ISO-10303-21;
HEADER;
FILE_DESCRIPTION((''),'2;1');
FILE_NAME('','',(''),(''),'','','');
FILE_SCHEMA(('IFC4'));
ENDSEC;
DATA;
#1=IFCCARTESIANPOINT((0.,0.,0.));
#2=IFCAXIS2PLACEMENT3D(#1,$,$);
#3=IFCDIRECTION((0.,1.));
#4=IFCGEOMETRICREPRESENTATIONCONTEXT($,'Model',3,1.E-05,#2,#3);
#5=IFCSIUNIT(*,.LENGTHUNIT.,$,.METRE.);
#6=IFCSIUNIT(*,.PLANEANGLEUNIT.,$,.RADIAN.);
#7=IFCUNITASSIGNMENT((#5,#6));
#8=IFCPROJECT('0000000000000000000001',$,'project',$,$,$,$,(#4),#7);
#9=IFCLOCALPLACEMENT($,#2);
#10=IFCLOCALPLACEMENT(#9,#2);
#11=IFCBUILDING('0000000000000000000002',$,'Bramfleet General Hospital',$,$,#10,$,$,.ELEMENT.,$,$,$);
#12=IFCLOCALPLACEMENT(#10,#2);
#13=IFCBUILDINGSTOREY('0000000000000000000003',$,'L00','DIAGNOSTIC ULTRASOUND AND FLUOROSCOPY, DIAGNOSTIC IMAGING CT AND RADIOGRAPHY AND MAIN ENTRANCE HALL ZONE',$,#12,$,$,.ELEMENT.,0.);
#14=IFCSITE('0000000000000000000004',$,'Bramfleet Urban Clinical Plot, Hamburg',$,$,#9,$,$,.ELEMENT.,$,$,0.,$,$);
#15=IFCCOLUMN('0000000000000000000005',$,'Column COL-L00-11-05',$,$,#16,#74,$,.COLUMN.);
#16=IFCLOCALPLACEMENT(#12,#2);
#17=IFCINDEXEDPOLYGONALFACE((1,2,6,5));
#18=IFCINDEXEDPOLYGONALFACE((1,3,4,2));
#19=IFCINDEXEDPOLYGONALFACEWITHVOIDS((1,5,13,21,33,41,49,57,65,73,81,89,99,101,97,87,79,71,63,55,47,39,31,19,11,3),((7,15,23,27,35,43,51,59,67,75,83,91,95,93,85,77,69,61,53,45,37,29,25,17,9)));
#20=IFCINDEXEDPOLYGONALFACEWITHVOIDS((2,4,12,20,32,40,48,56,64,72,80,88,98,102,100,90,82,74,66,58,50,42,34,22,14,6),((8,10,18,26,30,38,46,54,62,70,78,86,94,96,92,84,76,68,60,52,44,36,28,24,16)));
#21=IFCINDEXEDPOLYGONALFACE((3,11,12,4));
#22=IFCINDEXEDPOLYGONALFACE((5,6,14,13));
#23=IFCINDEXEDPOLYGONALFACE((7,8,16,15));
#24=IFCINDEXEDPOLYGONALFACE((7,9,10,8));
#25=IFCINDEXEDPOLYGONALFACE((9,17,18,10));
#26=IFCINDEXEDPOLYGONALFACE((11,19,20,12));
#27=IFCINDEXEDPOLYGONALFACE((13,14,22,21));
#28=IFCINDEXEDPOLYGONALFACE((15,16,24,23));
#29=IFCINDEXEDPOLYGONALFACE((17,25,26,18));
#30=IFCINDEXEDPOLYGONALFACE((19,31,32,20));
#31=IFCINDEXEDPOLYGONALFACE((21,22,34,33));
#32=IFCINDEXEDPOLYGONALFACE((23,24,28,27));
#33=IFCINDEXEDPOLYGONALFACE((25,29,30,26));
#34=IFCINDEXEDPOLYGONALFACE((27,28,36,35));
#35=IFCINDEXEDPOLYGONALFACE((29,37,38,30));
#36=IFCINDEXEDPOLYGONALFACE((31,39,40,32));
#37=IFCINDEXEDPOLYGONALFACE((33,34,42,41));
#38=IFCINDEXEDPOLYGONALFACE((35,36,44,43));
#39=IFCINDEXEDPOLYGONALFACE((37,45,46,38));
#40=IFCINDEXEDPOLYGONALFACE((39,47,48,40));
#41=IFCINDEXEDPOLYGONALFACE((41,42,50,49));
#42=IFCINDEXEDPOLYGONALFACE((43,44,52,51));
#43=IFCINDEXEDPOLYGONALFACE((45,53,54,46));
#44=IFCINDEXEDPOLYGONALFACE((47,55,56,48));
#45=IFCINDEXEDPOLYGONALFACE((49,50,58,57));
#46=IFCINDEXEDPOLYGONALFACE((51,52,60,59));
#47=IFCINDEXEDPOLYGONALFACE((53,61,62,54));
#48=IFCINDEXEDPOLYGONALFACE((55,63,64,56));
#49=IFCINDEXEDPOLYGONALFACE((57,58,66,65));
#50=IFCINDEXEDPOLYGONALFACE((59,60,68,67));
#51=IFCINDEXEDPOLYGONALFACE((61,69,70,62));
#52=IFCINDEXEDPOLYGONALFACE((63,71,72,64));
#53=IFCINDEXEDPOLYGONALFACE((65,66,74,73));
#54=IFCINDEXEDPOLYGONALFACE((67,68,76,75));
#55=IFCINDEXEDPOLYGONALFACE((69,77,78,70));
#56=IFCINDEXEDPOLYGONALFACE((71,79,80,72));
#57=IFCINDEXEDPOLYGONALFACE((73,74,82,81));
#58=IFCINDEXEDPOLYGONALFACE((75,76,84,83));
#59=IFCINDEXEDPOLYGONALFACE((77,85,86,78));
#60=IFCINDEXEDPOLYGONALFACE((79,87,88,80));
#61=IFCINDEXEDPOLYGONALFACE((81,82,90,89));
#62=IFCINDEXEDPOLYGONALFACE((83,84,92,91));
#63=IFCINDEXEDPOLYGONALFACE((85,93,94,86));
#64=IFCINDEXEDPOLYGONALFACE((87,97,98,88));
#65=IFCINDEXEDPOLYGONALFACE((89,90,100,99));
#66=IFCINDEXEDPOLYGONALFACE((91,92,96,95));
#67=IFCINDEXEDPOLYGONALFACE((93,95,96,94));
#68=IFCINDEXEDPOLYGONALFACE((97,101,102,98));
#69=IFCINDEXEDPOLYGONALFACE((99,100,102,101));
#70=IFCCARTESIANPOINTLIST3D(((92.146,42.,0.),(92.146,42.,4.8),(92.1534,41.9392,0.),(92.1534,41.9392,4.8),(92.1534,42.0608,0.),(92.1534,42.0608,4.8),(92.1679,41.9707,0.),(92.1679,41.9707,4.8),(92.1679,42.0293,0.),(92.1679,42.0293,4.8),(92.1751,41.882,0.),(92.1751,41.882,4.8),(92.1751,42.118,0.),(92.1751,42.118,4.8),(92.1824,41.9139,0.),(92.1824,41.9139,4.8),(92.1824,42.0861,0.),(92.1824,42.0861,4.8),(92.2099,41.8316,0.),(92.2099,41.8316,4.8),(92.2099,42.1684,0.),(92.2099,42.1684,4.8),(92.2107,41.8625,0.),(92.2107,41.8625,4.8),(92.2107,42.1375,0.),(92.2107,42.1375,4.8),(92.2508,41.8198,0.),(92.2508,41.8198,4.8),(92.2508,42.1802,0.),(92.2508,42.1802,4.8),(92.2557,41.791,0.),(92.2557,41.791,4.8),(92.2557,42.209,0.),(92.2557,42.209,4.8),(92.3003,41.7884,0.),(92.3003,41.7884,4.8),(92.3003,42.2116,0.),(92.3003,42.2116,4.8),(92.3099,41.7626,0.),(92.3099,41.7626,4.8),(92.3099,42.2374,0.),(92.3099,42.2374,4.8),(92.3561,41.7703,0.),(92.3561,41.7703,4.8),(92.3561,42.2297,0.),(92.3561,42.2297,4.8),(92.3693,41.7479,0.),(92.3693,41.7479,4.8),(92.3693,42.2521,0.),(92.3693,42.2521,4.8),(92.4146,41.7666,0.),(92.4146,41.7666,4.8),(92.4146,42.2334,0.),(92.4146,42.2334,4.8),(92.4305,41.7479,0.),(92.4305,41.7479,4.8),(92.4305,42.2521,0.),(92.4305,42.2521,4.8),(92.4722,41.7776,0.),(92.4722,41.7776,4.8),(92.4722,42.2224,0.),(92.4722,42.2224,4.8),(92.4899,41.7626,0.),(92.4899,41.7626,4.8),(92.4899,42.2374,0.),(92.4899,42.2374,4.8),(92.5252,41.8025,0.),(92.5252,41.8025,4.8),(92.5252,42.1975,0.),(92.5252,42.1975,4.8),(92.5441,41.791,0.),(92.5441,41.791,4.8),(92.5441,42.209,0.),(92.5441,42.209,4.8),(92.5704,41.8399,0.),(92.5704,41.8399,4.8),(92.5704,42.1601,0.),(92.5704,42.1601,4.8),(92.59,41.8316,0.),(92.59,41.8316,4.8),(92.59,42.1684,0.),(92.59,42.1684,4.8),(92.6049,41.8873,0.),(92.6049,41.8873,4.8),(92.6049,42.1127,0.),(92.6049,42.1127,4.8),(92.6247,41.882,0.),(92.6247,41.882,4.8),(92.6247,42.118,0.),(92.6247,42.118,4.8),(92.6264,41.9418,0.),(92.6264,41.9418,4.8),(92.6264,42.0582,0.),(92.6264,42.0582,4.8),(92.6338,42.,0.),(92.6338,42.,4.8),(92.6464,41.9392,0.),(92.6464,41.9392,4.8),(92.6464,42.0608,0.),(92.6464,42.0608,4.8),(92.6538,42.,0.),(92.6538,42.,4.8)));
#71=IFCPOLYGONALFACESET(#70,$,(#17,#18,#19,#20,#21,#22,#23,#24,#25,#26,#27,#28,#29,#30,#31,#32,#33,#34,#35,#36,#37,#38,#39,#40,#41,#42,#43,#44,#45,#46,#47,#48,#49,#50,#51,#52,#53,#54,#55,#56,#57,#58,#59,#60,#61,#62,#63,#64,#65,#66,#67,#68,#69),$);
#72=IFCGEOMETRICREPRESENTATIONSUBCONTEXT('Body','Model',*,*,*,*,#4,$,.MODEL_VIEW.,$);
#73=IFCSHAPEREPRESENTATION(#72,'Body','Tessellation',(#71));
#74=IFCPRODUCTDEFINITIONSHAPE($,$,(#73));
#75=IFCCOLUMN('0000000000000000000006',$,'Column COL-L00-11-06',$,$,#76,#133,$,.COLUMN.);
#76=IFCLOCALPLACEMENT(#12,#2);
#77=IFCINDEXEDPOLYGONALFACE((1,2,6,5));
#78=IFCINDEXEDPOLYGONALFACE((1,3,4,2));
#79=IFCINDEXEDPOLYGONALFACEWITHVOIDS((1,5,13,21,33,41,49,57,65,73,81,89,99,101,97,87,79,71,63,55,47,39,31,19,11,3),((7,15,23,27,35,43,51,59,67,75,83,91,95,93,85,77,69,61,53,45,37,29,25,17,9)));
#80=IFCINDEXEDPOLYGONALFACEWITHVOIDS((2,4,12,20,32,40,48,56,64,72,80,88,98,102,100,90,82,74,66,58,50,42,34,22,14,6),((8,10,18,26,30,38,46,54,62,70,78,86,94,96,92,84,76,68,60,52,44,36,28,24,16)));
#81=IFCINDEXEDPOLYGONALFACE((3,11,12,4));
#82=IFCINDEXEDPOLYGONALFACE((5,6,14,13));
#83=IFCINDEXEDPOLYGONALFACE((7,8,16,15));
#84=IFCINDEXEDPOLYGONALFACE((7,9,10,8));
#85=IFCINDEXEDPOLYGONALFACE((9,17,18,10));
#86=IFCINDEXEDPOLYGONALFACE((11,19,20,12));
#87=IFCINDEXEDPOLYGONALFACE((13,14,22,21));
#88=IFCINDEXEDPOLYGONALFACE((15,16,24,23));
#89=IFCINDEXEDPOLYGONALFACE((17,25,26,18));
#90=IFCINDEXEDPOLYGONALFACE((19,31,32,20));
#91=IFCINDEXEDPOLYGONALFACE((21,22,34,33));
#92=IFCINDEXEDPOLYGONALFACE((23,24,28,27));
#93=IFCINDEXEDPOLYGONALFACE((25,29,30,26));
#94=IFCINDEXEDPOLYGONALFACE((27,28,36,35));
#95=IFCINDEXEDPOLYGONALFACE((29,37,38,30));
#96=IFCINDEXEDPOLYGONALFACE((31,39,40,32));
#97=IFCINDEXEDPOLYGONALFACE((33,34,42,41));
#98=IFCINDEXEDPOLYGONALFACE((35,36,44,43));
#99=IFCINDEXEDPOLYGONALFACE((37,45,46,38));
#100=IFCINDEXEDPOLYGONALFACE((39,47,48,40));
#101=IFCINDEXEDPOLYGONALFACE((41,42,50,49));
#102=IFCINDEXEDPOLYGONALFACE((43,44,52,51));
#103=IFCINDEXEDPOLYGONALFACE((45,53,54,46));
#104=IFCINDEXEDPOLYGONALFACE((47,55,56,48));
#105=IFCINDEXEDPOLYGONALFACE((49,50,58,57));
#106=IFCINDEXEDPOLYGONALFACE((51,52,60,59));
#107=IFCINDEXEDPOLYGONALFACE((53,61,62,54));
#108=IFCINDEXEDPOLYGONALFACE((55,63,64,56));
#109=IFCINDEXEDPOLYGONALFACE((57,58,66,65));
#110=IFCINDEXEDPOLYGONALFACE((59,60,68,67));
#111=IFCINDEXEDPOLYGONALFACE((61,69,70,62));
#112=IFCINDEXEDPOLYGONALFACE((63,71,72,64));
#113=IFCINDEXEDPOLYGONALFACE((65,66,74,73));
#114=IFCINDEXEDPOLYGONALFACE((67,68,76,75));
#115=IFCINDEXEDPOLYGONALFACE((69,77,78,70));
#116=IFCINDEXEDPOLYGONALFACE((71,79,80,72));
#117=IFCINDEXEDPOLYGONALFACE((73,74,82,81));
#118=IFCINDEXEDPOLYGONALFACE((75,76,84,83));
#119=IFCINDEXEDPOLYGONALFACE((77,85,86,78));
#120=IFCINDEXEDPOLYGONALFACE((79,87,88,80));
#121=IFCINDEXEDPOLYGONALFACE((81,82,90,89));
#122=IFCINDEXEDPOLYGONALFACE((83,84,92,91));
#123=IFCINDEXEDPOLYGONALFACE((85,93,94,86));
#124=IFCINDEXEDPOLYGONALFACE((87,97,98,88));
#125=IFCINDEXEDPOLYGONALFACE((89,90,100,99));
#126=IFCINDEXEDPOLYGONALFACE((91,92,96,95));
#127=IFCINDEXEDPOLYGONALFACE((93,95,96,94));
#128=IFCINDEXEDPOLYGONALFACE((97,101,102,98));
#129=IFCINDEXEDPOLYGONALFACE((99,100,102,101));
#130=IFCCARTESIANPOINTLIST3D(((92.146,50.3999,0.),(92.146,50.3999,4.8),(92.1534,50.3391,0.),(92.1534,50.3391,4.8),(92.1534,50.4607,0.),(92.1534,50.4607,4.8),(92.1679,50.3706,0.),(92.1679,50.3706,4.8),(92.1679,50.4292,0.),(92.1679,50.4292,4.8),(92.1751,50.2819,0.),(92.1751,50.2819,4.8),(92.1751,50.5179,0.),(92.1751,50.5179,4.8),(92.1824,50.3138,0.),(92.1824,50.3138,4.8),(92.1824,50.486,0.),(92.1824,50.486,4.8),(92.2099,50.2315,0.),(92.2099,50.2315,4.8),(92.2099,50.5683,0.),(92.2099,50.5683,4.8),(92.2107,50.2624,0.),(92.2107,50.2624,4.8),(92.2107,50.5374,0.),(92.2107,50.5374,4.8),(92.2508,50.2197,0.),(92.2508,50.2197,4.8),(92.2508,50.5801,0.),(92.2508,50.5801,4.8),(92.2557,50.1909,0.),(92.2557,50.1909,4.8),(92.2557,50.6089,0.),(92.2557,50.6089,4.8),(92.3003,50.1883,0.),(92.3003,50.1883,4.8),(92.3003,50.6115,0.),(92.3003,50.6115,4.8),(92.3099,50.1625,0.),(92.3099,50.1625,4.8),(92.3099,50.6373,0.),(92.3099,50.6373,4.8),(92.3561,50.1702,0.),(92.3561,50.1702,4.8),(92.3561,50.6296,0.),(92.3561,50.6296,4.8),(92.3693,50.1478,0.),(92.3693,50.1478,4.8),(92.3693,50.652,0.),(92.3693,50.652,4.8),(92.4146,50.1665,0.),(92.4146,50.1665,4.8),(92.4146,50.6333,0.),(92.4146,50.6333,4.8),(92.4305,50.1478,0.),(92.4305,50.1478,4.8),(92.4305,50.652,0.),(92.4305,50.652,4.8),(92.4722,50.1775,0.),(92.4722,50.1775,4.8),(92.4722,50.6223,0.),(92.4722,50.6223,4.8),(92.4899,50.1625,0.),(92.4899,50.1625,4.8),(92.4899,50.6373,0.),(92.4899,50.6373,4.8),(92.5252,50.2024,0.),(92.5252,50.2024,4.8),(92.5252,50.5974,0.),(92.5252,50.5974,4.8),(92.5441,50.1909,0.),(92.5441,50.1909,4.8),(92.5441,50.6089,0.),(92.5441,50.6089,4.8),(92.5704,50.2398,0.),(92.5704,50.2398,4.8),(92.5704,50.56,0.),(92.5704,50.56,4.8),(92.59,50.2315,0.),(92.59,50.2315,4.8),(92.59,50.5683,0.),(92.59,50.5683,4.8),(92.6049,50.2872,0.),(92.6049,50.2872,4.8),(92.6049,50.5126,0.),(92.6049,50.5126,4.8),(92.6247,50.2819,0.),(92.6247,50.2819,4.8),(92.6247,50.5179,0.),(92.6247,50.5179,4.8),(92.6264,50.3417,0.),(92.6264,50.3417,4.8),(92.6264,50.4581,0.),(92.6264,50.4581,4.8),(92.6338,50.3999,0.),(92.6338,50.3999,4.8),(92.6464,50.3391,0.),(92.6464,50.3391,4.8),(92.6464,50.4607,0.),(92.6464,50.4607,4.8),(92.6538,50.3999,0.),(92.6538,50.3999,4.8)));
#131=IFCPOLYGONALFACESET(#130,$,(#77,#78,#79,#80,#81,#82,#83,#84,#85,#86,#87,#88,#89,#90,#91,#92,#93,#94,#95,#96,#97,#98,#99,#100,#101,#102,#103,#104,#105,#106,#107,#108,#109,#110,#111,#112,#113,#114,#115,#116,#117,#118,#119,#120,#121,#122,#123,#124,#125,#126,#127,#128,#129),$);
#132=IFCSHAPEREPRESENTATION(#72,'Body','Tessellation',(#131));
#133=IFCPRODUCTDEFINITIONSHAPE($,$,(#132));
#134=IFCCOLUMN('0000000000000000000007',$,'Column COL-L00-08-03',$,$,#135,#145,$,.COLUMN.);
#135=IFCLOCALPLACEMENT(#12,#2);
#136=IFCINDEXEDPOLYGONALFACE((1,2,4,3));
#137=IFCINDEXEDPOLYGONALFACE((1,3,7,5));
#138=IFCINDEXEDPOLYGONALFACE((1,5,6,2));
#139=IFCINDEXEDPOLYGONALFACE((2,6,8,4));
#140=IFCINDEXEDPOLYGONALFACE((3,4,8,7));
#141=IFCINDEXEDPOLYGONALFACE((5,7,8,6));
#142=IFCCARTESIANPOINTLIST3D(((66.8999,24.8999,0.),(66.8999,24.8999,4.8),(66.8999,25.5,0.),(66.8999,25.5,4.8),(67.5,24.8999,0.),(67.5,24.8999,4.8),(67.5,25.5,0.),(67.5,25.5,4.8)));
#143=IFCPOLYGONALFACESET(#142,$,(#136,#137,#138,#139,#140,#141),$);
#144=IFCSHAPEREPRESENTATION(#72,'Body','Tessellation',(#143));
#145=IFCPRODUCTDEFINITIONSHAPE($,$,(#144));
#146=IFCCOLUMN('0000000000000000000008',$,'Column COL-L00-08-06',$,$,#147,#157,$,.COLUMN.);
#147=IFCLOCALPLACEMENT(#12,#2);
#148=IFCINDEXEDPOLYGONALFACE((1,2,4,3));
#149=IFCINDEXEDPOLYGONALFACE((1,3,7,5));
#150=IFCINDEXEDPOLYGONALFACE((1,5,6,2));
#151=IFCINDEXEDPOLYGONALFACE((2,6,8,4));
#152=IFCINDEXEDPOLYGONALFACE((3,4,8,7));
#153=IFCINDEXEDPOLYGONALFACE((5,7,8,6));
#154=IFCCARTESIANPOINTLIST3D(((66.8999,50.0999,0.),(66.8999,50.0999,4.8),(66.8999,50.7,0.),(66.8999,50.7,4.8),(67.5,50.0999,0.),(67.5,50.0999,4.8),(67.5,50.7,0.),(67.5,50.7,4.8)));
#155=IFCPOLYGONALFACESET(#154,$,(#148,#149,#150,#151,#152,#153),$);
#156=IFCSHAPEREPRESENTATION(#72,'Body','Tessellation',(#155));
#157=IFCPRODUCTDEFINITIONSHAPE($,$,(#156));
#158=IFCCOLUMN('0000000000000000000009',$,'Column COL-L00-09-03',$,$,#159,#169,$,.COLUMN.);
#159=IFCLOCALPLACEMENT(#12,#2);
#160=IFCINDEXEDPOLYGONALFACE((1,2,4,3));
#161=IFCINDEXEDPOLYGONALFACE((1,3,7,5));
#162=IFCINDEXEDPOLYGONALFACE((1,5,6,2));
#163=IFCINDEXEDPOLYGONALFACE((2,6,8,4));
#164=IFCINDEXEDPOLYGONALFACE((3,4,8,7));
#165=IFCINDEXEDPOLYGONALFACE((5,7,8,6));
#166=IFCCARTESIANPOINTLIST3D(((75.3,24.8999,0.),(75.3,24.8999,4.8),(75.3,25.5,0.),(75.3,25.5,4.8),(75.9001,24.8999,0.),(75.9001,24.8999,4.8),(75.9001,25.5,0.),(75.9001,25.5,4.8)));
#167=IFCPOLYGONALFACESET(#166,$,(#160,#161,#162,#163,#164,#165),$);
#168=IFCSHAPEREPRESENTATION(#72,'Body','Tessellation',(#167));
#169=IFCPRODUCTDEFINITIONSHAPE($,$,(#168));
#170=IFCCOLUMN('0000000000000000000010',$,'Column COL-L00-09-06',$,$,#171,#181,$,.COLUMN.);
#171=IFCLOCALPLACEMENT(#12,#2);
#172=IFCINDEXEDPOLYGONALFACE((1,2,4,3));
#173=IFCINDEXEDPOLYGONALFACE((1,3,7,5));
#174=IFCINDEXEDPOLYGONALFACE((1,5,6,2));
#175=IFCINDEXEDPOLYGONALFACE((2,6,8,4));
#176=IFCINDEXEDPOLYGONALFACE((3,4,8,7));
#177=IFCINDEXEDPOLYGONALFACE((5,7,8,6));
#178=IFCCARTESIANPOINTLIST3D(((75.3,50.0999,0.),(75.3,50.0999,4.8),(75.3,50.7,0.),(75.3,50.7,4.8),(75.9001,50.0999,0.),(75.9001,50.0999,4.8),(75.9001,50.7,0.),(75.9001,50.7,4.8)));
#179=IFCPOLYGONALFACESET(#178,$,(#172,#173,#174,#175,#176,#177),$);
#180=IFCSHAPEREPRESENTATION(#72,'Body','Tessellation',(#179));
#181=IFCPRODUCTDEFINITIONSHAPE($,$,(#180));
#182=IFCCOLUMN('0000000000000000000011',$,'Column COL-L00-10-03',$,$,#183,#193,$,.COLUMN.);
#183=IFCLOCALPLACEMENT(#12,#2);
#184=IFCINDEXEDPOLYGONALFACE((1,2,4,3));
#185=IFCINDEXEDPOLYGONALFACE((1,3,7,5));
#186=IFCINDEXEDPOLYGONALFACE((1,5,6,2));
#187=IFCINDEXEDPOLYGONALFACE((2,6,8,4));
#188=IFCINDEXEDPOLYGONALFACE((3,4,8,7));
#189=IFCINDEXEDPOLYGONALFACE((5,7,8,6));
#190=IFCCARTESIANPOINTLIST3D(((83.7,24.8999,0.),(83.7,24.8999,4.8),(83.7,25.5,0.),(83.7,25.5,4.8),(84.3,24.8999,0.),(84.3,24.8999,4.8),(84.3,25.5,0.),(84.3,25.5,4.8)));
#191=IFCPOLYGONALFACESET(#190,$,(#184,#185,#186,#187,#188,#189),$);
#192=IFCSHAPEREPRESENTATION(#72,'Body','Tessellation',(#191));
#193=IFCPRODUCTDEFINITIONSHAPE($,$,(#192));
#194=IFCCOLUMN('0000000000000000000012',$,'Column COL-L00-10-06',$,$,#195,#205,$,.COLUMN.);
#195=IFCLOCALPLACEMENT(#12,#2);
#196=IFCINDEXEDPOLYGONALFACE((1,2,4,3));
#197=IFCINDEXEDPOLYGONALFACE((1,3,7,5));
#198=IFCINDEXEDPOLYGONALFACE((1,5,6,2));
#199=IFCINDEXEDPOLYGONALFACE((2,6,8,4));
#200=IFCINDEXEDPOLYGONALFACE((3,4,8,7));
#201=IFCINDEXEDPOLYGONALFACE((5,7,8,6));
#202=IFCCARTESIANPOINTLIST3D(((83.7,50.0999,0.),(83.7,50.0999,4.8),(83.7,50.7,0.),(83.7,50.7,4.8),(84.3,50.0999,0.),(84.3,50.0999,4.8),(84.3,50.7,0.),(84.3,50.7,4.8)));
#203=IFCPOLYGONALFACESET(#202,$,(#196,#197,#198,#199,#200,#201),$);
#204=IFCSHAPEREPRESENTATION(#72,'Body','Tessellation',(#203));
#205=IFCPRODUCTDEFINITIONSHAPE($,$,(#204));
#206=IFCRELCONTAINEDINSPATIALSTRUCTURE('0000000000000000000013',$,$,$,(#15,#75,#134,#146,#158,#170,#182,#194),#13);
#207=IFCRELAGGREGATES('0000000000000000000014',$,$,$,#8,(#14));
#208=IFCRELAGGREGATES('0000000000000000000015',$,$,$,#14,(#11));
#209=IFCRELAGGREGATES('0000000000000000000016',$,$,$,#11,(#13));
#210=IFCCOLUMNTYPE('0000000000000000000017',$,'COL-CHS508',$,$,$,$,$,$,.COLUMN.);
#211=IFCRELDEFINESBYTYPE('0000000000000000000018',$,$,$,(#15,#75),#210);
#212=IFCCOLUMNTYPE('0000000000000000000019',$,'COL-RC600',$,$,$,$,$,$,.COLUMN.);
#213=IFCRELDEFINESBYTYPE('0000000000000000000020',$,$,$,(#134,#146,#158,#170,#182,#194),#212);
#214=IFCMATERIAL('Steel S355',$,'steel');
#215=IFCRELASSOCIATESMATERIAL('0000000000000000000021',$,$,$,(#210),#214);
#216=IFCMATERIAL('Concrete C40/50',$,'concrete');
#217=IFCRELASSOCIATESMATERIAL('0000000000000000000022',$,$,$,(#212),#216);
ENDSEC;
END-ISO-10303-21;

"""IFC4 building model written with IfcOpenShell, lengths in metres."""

from ifc_helpers import new_model, si_unit, direction, frame, origin, origin_2d, place, context, subcontext, project, spatial, rectangle, hollow_circle, extrude, material, material_profile, profile_set, type_object, element, save


model = new_model("IFC4")

# Units and contexts
model_context = context("Model", 3, precision=1e-05, world=origin(), true_north=direction((0.0, 1.0)))
body_context = subcontext(model_context, "Body", "Model", "MODEL_VIEW")
ifc_project = project(units=[si_unit("LENGTHUNIT", "METRE"), si_unit("PLANEANGLEUNIT", "RADIAN")], contexts=[model_context])

# Site, building, storey
site_placement = place(None, origin())
site = spatial("IfcSite", under=ifc_project, at=site_placement, Name="Bramfleet Urban Clinical Plot, Hamburg", CompositionType="ELEMENT", RefElevation=0.0)
building_placement = place(site_placement, origin())
building = spatial("IfcBuilding", under=site, at=building_placement, Name="Bramfleet General Hospital", CompositionType="ELEMENT")
storey_placement = place(building_placement, origin())
storey = spatial("IfcBuildingStorey", under=building, at=storey_placement, Name="L00", Description="DIAGNOSTIC ULTRASOUND AND FLUOROSCOPY, DIAGNOSTIC IMAGING CT AND RADIOGRAPHY AND MAIN ENTRANCE HALL ZONE", CompositionType="ELEMENT", Elevation=0.0)

# Columns
ifc_material_1 = material(Name="Steel S355", Category="steel")
ifc_material_profile_1 = material_profile(ifc_material_1, hollow_circle(Radius=0.2539, WallThickness=0.02, at=origin_2d()), Name="CHS 508.0x20.0")
ifc_profile_set_1 = profile_set([ifc_material_profile_1], Name="Steel S355")
column_type_1 = type_object("IfcColumnType", Name="COL-CHS508", PredefinedType="COLUMN", material=ifc_profile_set_1)
for number, where, z_axis, x_axis, name in (
    (1, (92.3999, 42.0, 0.0), (0.0, 0.0, 1.0), (1.0, 0.0, 0.0), "Column COL-L00-11-05"),
    (2, (92.3999, 50.3999, 0.0), (0.0, 0.0, 1.0), (1.0, 0.0, 0.0), "Column COL-L00-11-06"),
):
    element("IfcColumn", number, at=place(storey_placement, frame(where, z_axis=z_axis, x_axis=x_axis)), inside=storey, type_object=column_type_1, Name=name, PredefinedType="COLUMN", context=body_context, shape_type="SweptSolid", body=[
        extrude(hollow_circle(Radius=0.2539, WallThickness=0.02, at=origin_2d()), origin(), (0.0, 0.0, 1.0), 4.8),
    ])
ifc_material_2 = material(Name="Concrete C40/50", Category="concrete")
ifc_material_profile_2 = material_profile(ifc_material_2, rectangle(XDim=0.6001, YDim=0.6001, at=origin_2d()), Name="RC COL 600x600")
ifc_profile_set_2 = profile_set([ifc_material_profile_2], Name="Concrete C40/50")
column_type_2 = type_object("IfcColumnType", Name="COL-RC600", PredefinedType="COLUMN", material=ifc_profile_set_2)
for number, where, z_axis, x_axis, name in (
    (3, (67.2, 25.2, 0.0), (0.0, 0.0, 1.0), (1.0, 0.0, 0.0), "Column COL-L00-08-03"),
    (4, (67.2, 50.3999, 0.0), (0.0, 0.0, 1.0), (1.0, 0.0, 0.0), "Column COL-L00-08-06"),
    (5, (75.6001, 25.2, 0.0), (0.0, 0.0, 1.0), (1.0, 0.0, 0.0), "Column COL-L00-09-03"),
    (6, (75.6001, 50.3999, 0.0), (0.0, 0.0, 1.0), (1.0, 0.0, 0.0), "Column COL-L00-09-06"),
    (7, (84.0, 25.2, 0.0), (0.0, 0.0, 1.0), (1.0, 0.0, 0.0), "Column COL-L00-10-03"),
    (8, (84.0, 50.3999, 0.0), (0.0, 0.0, 1.0), (1.0, 0.0, 0.0), "Column COL-L00-10-06"),
):
    element("IfcColumn", number, at=place(storey_placement, frame(where, z_axis=z_axis, x_axis=x_axis)), inside=storey, type_object=column_type_2, Name=name, PredefinedType="COLUMN", context=body_context, shape_type="SweptSolid", body=[
        extrude(rectangle(XDim=0.6001, YDim=0.6001, at=origin_2d()), origin(), (0.0, 0.0, 1.0), 4.8),
    ])

save(model, "model.ifc")
